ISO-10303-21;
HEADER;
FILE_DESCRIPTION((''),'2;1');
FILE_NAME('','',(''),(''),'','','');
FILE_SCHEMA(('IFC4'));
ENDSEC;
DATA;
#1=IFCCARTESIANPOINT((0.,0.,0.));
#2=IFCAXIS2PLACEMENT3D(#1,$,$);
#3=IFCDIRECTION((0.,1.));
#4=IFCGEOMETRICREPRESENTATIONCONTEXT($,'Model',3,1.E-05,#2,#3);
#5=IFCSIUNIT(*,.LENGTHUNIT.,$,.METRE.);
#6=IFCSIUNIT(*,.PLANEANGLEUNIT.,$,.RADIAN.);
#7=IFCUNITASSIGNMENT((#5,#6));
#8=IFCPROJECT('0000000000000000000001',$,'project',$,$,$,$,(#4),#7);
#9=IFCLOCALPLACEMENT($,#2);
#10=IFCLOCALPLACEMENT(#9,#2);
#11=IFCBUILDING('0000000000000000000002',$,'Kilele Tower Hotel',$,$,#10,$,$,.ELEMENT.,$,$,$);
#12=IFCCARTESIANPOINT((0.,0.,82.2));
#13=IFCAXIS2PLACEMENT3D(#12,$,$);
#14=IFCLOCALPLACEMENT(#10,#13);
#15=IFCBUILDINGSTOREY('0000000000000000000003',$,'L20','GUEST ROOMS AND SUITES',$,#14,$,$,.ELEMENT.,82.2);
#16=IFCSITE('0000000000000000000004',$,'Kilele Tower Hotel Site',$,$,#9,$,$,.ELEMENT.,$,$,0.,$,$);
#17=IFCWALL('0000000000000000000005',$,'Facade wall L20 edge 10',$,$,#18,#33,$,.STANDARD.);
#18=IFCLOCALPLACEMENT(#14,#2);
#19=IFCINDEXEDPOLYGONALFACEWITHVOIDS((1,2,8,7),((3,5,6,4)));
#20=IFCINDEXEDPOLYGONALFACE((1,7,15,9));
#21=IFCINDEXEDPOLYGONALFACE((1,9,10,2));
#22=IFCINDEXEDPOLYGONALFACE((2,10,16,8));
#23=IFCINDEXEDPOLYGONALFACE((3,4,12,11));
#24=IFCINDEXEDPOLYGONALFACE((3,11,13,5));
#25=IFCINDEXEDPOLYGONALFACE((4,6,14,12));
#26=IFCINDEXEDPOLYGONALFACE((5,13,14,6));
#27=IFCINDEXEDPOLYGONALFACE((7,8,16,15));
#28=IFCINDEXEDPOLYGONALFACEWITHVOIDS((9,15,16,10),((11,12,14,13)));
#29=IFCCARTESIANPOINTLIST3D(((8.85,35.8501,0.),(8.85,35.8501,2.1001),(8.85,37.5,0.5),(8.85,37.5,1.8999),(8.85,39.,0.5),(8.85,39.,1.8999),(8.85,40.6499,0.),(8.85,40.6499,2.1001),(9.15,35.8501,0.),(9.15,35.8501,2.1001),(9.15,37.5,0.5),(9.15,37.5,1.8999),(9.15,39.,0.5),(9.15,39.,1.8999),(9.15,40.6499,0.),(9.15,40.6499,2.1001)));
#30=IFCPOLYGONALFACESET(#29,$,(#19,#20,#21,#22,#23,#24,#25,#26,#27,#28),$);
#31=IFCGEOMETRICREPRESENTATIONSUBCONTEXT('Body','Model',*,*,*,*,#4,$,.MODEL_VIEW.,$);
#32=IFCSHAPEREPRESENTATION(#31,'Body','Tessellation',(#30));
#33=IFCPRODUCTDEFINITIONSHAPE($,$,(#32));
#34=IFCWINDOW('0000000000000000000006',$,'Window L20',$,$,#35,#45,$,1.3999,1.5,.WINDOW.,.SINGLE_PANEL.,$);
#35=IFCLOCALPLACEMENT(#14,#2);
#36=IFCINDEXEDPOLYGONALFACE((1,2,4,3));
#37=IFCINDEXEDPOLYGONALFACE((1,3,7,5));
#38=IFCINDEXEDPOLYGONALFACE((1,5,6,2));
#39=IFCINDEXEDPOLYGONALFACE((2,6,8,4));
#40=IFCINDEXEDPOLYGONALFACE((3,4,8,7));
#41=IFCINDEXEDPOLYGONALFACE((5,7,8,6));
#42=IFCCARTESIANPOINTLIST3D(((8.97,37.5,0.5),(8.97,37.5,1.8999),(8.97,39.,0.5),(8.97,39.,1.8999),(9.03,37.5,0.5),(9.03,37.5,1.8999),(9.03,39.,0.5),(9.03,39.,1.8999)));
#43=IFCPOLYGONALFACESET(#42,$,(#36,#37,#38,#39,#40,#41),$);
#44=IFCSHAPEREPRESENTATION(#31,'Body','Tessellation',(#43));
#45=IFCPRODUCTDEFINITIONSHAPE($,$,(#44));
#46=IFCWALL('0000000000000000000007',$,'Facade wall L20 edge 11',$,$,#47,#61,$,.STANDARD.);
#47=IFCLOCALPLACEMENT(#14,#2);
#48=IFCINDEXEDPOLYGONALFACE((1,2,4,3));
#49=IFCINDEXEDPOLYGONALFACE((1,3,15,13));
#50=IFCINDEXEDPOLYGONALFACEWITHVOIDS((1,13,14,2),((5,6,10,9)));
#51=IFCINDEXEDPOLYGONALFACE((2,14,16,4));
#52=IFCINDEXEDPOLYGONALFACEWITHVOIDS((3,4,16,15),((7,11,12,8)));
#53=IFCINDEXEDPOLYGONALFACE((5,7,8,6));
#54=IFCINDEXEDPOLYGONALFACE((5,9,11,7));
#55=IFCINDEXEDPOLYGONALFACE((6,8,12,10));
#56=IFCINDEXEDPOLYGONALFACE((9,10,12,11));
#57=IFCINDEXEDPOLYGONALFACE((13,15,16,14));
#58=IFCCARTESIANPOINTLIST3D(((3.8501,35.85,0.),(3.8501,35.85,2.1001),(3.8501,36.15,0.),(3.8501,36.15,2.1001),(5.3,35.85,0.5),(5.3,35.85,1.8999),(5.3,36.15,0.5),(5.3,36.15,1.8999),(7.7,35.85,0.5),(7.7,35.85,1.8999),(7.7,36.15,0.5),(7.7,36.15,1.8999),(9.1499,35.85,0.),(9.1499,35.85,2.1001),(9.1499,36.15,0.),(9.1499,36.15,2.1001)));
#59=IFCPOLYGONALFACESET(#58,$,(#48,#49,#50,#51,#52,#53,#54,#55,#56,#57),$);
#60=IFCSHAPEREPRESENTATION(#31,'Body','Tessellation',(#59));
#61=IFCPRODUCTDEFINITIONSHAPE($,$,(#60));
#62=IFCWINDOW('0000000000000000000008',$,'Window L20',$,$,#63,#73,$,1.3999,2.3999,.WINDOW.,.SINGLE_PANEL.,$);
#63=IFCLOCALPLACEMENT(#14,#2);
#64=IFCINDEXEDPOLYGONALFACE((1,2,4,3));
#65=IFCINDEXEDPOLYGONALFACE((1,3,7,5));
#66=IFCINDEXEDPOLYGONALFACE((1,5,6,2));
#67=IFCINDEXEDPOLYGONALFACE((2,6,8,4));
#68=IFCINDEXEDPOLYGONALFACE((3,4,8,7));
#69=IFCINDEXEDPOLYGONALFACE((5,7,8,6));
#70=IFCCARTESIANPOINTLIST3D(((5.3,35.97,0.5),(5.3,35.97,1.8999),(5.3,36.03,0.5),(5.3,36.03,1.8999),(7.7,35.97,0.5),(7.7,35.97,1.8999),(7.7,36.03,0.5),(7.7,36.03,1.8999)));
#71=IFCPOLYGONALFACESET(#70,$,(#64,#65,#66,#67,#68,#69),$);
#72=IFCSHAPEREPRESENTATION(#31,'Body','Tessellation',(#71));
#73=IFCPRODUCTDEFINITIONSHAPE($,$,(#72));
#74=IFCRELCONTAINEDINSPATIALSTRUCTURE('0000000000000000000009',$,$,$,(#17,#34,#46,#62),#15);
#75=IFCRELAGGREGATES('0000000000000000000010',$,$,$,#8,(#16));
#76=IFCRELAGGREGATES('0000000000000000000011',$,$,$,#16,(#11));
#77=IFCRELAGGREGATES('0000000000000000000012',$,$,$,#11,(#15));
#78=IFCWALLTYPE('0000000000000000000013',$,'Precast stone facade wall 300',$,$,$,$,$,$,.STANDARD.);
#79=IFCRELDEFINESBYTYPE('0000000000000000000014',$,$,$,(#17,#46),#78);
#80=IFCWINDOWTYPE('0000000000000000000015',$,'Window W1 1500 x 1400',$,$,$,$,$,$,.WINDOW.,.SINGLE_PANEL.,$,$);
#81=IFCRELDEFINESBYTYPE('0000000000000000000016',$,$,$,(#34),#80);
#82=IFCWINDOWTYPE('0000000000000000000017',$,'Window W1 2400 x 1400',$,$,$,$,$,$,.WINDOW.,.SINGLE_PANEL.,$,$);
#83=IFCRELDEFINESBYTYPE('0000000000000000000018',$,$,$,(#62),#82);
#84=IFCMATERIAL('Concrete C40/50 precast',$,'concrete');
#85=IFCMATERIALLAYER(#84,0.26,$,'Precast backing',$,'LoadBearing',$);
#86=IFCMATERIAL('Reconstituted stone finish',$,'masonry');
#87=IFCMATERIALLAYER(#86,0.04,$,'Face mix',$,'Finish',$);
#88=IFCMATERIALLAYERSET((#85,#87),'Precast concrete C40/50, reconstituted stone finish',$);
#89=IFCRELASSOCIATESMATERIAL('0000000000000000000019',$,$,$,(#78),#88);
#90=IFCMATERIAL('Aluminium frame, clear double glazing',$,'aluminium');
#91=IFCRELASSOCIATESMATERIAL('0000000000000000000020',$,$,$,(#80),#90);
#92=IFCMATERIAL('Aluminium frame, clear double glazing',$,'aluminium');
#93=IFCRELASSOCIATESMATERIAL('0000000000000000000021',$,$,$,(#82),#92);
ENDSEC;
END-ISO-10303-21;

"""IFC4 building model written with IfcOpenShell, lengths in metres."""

from ifc_helpers import new_model, si_unit, direction, frame, frame_2d, origin, place, context, subcontext, project, spatial, rectangle, extrude, material, layer, layer_set, type_object, element, fill, save


model = new_model("IFC4")

# Units and contexts
model_context = context("Model", 3, precision=1e-05, world=origin(), true_north=direction((0.0, 1.0)))
body_context = subcontext(model_context, "Body", "Model", "MODEL_VIEW")
ifc_project = project(units=[si_unit("LENGTHUNIT", "METRE"), si_unit("PLANEANGLEUNIT", "RADIAN")], contexts=[model_context])

# Site, building, storey
site_placement = place(None, origin())
site = spatial("IfcSite", under=ifc_project, at=site_placement, Name="Kilele Tower Hotel Site", CompositionType="ELEMENT", RefElevation=0.0)
building_placement = place(site_placement, origin())
building = spatial("IfcBuilding", under=site, at=building_placement, Name="Kilele Tower Hotel", CompositionType="ELEMENT")
storey_placement = place(building_placement, frame((0.0, 0.0, 82.2)))
storey = spatial("IfcBuildingStorey", under=building, at=storey_placement, Name="L20", Description="GUEST ROOMS AND SUITES", CompositionType="ELEMENT", Elevation=82.2)

# Walls, openings, windows
ifc_material_1 = material(Name="Concrete C40/50 precast", Category="concrete")
ifc_layer_1 = layer(ifc_material_1, 0.26, Name="Precast backing", Category="LoadBearing")
ifc_material_2 = material(Name="Reconstituted stone finish", Category="masonry")
ifc_layer_2 = layer(ifc_material_2, 0.04, Name="Face mix", Category="Finish")
ifc_layer_set_1 = layer_set([ifc_layer_1, ifc_layer_2], Name="Precast concrete C40/50, reconstituted stone finish")
wall_type_1 = type_object("IfcWallType", Name="Precast stone facade wall 300", PredefinedType="STANDARD", material=ifc_layer_set_1)
wall_1_placement = place(storey_placement, frame((9.0, 40.6499, 0.0), z_axis=(0.0, 0.0, 1.0), x_axis=(0.0, -1.0, 0.0)))
wall_1 = element("IfcWall", 1, at=wall_1_placement, inside=storey, type_object=wall_type_1, Name="Facade wall L20 edge 10", PredefinedType="STANDARD", context=body_context, shape_type="SweptSolid", body=[
    extrude(rectangle(XDim=4.7998, YDim=0.3, at=frame_2d((2.3999, 0.0))), origin(), (0.0, 0.0, 1.0), 2.1001),
])
opening_1_placement = place(wall_1_placement, frame((1.6499, 0.0, 0.5)))
opening_1 = element("IfcOpeningElement", 2, at=opening_1_placement, cuts=wall_1, PredefinedType="OPENING", context=body_context, shape_type="SweptSolid", body=[
    extrude(rectangle(XDim=1.5, YDim=1.3999, at=frame_2d((0.75, 0.7))), frame((0.0, 0.1599, 0.0), z_axis=(0.0, -1.0, 0.0), x_axis=(1.0, 0.0, 0.0)), (0.0, 0.0, 1.0), 0.3201),
])
ifc_material_3 = material(Name="Aluminium frame, clear double glazing", Category="aluminium")
window_type_1 = type_object("IfcWindowType", Name="Window W1 1500 x 1400", PartitioningType="SINGLE_PANEL", PredefinedType="WINDOW", material=ifc_material_3)
window_1_placement = place(opening_1_placement, origin())
window_1 = element("IfcWindow", 3, at=window_1_placement, inside=storey, type_object=window_type_1, Name="Window L20", OverallHeight=1.3999, OverallWidth=1.5, PartitioningType="SINGLE_PANEL", PredefinedType="WINDOW", context=body_context, shape_type="SweptSolid", body=[
    extrude(rectangle(XDim=1.5, YDim=1.3999, at=frame_2d((0.75, 0.7))), frame((0.0, 0.03, 0.0), z_axis=(0.0, -1.0, 0.0), x_axis=(1.0, 0.0, 0.0)), (0.0, 0.0, 1.0), 0.0601),
])
fill(opening_1, window_1)
wall_2_placement = place(storey_placement, frame((9.1499, 36.0, 0.0), z_axis=(0.0, 0.0, 1.0), x_axis=(-1.0, 0.0, 0.0)))
wall_2 = element("IfcWall", 4, at=wall_2_placement, inside=storey, type_object=wall_type_1, Name="Facade wall L20 edge 11", PredefinedType="STANDARD", context=body_context, shape_type="SweptSolid", body=[
    extrude(rectangle(XDim=5.2998, YDim=0.3, at=frame_2d((2.6499, 0.0))), origin(), (0.0, 0.0, 1.0), 2.1001),
])
opening_2_placement = place(wall_2_placement, frame((1.45, 0.0, 0.5)))
opening_2 = element("IfcOpeningElement", 5, at=opening_2_placement, cuts=wall_2, PredefinedType="OPENING", context=body_context, shape_type="SweptSolid", body=[
    extrude(rectangle(XDim=2.3999, YDim=1.3999, at=frame_2d((1.2, 0.7))), frame((0.0, 0.1599, 0.0), z_axis=(0.0, -1.0, 0.0), x_axis=(1.0, 0.0, 0.0)), (0.0, 0.0, 1.0), 0.3201),
])
ifc_material_4 = material(Name="Aluminium frame, clear double glazing", Category="aluminium")
window_type_2 = type_object("IfcWindowType", Name="Window W1 2400 x 1400", PartitioningType="SINGLE_PANEL", PredefinedType="WINDOW", material=ifc_material_4)
window_2_placement = place(opening_2_placement, origin())
window_2 = element("IfcWindow", 6, at=window_2_placement, inside=storey, type_object=window_type_2, Name="Window L20", OverallHeight=1.3999, OverallWidth=2.3999, PartitioningType="SINGLE_PANEL", PredefinedType="WINDOW", context=body_context, shape_type="SweptSolid", body=[
    extrude(rectangle(XDim=2.3999, YDim=1.3999, at=frame_2d((1.2, 0.7))), frame((0.0, 0.03, 0.0), z_axis=(0.0, -1.0, 0.0), x_axis=(1.0, 0.0, 0.0)), (0.0, 0.0, 1.0), 0.0601),
])
fill(opening_2, window_2)

save(model, "model.ifc")
